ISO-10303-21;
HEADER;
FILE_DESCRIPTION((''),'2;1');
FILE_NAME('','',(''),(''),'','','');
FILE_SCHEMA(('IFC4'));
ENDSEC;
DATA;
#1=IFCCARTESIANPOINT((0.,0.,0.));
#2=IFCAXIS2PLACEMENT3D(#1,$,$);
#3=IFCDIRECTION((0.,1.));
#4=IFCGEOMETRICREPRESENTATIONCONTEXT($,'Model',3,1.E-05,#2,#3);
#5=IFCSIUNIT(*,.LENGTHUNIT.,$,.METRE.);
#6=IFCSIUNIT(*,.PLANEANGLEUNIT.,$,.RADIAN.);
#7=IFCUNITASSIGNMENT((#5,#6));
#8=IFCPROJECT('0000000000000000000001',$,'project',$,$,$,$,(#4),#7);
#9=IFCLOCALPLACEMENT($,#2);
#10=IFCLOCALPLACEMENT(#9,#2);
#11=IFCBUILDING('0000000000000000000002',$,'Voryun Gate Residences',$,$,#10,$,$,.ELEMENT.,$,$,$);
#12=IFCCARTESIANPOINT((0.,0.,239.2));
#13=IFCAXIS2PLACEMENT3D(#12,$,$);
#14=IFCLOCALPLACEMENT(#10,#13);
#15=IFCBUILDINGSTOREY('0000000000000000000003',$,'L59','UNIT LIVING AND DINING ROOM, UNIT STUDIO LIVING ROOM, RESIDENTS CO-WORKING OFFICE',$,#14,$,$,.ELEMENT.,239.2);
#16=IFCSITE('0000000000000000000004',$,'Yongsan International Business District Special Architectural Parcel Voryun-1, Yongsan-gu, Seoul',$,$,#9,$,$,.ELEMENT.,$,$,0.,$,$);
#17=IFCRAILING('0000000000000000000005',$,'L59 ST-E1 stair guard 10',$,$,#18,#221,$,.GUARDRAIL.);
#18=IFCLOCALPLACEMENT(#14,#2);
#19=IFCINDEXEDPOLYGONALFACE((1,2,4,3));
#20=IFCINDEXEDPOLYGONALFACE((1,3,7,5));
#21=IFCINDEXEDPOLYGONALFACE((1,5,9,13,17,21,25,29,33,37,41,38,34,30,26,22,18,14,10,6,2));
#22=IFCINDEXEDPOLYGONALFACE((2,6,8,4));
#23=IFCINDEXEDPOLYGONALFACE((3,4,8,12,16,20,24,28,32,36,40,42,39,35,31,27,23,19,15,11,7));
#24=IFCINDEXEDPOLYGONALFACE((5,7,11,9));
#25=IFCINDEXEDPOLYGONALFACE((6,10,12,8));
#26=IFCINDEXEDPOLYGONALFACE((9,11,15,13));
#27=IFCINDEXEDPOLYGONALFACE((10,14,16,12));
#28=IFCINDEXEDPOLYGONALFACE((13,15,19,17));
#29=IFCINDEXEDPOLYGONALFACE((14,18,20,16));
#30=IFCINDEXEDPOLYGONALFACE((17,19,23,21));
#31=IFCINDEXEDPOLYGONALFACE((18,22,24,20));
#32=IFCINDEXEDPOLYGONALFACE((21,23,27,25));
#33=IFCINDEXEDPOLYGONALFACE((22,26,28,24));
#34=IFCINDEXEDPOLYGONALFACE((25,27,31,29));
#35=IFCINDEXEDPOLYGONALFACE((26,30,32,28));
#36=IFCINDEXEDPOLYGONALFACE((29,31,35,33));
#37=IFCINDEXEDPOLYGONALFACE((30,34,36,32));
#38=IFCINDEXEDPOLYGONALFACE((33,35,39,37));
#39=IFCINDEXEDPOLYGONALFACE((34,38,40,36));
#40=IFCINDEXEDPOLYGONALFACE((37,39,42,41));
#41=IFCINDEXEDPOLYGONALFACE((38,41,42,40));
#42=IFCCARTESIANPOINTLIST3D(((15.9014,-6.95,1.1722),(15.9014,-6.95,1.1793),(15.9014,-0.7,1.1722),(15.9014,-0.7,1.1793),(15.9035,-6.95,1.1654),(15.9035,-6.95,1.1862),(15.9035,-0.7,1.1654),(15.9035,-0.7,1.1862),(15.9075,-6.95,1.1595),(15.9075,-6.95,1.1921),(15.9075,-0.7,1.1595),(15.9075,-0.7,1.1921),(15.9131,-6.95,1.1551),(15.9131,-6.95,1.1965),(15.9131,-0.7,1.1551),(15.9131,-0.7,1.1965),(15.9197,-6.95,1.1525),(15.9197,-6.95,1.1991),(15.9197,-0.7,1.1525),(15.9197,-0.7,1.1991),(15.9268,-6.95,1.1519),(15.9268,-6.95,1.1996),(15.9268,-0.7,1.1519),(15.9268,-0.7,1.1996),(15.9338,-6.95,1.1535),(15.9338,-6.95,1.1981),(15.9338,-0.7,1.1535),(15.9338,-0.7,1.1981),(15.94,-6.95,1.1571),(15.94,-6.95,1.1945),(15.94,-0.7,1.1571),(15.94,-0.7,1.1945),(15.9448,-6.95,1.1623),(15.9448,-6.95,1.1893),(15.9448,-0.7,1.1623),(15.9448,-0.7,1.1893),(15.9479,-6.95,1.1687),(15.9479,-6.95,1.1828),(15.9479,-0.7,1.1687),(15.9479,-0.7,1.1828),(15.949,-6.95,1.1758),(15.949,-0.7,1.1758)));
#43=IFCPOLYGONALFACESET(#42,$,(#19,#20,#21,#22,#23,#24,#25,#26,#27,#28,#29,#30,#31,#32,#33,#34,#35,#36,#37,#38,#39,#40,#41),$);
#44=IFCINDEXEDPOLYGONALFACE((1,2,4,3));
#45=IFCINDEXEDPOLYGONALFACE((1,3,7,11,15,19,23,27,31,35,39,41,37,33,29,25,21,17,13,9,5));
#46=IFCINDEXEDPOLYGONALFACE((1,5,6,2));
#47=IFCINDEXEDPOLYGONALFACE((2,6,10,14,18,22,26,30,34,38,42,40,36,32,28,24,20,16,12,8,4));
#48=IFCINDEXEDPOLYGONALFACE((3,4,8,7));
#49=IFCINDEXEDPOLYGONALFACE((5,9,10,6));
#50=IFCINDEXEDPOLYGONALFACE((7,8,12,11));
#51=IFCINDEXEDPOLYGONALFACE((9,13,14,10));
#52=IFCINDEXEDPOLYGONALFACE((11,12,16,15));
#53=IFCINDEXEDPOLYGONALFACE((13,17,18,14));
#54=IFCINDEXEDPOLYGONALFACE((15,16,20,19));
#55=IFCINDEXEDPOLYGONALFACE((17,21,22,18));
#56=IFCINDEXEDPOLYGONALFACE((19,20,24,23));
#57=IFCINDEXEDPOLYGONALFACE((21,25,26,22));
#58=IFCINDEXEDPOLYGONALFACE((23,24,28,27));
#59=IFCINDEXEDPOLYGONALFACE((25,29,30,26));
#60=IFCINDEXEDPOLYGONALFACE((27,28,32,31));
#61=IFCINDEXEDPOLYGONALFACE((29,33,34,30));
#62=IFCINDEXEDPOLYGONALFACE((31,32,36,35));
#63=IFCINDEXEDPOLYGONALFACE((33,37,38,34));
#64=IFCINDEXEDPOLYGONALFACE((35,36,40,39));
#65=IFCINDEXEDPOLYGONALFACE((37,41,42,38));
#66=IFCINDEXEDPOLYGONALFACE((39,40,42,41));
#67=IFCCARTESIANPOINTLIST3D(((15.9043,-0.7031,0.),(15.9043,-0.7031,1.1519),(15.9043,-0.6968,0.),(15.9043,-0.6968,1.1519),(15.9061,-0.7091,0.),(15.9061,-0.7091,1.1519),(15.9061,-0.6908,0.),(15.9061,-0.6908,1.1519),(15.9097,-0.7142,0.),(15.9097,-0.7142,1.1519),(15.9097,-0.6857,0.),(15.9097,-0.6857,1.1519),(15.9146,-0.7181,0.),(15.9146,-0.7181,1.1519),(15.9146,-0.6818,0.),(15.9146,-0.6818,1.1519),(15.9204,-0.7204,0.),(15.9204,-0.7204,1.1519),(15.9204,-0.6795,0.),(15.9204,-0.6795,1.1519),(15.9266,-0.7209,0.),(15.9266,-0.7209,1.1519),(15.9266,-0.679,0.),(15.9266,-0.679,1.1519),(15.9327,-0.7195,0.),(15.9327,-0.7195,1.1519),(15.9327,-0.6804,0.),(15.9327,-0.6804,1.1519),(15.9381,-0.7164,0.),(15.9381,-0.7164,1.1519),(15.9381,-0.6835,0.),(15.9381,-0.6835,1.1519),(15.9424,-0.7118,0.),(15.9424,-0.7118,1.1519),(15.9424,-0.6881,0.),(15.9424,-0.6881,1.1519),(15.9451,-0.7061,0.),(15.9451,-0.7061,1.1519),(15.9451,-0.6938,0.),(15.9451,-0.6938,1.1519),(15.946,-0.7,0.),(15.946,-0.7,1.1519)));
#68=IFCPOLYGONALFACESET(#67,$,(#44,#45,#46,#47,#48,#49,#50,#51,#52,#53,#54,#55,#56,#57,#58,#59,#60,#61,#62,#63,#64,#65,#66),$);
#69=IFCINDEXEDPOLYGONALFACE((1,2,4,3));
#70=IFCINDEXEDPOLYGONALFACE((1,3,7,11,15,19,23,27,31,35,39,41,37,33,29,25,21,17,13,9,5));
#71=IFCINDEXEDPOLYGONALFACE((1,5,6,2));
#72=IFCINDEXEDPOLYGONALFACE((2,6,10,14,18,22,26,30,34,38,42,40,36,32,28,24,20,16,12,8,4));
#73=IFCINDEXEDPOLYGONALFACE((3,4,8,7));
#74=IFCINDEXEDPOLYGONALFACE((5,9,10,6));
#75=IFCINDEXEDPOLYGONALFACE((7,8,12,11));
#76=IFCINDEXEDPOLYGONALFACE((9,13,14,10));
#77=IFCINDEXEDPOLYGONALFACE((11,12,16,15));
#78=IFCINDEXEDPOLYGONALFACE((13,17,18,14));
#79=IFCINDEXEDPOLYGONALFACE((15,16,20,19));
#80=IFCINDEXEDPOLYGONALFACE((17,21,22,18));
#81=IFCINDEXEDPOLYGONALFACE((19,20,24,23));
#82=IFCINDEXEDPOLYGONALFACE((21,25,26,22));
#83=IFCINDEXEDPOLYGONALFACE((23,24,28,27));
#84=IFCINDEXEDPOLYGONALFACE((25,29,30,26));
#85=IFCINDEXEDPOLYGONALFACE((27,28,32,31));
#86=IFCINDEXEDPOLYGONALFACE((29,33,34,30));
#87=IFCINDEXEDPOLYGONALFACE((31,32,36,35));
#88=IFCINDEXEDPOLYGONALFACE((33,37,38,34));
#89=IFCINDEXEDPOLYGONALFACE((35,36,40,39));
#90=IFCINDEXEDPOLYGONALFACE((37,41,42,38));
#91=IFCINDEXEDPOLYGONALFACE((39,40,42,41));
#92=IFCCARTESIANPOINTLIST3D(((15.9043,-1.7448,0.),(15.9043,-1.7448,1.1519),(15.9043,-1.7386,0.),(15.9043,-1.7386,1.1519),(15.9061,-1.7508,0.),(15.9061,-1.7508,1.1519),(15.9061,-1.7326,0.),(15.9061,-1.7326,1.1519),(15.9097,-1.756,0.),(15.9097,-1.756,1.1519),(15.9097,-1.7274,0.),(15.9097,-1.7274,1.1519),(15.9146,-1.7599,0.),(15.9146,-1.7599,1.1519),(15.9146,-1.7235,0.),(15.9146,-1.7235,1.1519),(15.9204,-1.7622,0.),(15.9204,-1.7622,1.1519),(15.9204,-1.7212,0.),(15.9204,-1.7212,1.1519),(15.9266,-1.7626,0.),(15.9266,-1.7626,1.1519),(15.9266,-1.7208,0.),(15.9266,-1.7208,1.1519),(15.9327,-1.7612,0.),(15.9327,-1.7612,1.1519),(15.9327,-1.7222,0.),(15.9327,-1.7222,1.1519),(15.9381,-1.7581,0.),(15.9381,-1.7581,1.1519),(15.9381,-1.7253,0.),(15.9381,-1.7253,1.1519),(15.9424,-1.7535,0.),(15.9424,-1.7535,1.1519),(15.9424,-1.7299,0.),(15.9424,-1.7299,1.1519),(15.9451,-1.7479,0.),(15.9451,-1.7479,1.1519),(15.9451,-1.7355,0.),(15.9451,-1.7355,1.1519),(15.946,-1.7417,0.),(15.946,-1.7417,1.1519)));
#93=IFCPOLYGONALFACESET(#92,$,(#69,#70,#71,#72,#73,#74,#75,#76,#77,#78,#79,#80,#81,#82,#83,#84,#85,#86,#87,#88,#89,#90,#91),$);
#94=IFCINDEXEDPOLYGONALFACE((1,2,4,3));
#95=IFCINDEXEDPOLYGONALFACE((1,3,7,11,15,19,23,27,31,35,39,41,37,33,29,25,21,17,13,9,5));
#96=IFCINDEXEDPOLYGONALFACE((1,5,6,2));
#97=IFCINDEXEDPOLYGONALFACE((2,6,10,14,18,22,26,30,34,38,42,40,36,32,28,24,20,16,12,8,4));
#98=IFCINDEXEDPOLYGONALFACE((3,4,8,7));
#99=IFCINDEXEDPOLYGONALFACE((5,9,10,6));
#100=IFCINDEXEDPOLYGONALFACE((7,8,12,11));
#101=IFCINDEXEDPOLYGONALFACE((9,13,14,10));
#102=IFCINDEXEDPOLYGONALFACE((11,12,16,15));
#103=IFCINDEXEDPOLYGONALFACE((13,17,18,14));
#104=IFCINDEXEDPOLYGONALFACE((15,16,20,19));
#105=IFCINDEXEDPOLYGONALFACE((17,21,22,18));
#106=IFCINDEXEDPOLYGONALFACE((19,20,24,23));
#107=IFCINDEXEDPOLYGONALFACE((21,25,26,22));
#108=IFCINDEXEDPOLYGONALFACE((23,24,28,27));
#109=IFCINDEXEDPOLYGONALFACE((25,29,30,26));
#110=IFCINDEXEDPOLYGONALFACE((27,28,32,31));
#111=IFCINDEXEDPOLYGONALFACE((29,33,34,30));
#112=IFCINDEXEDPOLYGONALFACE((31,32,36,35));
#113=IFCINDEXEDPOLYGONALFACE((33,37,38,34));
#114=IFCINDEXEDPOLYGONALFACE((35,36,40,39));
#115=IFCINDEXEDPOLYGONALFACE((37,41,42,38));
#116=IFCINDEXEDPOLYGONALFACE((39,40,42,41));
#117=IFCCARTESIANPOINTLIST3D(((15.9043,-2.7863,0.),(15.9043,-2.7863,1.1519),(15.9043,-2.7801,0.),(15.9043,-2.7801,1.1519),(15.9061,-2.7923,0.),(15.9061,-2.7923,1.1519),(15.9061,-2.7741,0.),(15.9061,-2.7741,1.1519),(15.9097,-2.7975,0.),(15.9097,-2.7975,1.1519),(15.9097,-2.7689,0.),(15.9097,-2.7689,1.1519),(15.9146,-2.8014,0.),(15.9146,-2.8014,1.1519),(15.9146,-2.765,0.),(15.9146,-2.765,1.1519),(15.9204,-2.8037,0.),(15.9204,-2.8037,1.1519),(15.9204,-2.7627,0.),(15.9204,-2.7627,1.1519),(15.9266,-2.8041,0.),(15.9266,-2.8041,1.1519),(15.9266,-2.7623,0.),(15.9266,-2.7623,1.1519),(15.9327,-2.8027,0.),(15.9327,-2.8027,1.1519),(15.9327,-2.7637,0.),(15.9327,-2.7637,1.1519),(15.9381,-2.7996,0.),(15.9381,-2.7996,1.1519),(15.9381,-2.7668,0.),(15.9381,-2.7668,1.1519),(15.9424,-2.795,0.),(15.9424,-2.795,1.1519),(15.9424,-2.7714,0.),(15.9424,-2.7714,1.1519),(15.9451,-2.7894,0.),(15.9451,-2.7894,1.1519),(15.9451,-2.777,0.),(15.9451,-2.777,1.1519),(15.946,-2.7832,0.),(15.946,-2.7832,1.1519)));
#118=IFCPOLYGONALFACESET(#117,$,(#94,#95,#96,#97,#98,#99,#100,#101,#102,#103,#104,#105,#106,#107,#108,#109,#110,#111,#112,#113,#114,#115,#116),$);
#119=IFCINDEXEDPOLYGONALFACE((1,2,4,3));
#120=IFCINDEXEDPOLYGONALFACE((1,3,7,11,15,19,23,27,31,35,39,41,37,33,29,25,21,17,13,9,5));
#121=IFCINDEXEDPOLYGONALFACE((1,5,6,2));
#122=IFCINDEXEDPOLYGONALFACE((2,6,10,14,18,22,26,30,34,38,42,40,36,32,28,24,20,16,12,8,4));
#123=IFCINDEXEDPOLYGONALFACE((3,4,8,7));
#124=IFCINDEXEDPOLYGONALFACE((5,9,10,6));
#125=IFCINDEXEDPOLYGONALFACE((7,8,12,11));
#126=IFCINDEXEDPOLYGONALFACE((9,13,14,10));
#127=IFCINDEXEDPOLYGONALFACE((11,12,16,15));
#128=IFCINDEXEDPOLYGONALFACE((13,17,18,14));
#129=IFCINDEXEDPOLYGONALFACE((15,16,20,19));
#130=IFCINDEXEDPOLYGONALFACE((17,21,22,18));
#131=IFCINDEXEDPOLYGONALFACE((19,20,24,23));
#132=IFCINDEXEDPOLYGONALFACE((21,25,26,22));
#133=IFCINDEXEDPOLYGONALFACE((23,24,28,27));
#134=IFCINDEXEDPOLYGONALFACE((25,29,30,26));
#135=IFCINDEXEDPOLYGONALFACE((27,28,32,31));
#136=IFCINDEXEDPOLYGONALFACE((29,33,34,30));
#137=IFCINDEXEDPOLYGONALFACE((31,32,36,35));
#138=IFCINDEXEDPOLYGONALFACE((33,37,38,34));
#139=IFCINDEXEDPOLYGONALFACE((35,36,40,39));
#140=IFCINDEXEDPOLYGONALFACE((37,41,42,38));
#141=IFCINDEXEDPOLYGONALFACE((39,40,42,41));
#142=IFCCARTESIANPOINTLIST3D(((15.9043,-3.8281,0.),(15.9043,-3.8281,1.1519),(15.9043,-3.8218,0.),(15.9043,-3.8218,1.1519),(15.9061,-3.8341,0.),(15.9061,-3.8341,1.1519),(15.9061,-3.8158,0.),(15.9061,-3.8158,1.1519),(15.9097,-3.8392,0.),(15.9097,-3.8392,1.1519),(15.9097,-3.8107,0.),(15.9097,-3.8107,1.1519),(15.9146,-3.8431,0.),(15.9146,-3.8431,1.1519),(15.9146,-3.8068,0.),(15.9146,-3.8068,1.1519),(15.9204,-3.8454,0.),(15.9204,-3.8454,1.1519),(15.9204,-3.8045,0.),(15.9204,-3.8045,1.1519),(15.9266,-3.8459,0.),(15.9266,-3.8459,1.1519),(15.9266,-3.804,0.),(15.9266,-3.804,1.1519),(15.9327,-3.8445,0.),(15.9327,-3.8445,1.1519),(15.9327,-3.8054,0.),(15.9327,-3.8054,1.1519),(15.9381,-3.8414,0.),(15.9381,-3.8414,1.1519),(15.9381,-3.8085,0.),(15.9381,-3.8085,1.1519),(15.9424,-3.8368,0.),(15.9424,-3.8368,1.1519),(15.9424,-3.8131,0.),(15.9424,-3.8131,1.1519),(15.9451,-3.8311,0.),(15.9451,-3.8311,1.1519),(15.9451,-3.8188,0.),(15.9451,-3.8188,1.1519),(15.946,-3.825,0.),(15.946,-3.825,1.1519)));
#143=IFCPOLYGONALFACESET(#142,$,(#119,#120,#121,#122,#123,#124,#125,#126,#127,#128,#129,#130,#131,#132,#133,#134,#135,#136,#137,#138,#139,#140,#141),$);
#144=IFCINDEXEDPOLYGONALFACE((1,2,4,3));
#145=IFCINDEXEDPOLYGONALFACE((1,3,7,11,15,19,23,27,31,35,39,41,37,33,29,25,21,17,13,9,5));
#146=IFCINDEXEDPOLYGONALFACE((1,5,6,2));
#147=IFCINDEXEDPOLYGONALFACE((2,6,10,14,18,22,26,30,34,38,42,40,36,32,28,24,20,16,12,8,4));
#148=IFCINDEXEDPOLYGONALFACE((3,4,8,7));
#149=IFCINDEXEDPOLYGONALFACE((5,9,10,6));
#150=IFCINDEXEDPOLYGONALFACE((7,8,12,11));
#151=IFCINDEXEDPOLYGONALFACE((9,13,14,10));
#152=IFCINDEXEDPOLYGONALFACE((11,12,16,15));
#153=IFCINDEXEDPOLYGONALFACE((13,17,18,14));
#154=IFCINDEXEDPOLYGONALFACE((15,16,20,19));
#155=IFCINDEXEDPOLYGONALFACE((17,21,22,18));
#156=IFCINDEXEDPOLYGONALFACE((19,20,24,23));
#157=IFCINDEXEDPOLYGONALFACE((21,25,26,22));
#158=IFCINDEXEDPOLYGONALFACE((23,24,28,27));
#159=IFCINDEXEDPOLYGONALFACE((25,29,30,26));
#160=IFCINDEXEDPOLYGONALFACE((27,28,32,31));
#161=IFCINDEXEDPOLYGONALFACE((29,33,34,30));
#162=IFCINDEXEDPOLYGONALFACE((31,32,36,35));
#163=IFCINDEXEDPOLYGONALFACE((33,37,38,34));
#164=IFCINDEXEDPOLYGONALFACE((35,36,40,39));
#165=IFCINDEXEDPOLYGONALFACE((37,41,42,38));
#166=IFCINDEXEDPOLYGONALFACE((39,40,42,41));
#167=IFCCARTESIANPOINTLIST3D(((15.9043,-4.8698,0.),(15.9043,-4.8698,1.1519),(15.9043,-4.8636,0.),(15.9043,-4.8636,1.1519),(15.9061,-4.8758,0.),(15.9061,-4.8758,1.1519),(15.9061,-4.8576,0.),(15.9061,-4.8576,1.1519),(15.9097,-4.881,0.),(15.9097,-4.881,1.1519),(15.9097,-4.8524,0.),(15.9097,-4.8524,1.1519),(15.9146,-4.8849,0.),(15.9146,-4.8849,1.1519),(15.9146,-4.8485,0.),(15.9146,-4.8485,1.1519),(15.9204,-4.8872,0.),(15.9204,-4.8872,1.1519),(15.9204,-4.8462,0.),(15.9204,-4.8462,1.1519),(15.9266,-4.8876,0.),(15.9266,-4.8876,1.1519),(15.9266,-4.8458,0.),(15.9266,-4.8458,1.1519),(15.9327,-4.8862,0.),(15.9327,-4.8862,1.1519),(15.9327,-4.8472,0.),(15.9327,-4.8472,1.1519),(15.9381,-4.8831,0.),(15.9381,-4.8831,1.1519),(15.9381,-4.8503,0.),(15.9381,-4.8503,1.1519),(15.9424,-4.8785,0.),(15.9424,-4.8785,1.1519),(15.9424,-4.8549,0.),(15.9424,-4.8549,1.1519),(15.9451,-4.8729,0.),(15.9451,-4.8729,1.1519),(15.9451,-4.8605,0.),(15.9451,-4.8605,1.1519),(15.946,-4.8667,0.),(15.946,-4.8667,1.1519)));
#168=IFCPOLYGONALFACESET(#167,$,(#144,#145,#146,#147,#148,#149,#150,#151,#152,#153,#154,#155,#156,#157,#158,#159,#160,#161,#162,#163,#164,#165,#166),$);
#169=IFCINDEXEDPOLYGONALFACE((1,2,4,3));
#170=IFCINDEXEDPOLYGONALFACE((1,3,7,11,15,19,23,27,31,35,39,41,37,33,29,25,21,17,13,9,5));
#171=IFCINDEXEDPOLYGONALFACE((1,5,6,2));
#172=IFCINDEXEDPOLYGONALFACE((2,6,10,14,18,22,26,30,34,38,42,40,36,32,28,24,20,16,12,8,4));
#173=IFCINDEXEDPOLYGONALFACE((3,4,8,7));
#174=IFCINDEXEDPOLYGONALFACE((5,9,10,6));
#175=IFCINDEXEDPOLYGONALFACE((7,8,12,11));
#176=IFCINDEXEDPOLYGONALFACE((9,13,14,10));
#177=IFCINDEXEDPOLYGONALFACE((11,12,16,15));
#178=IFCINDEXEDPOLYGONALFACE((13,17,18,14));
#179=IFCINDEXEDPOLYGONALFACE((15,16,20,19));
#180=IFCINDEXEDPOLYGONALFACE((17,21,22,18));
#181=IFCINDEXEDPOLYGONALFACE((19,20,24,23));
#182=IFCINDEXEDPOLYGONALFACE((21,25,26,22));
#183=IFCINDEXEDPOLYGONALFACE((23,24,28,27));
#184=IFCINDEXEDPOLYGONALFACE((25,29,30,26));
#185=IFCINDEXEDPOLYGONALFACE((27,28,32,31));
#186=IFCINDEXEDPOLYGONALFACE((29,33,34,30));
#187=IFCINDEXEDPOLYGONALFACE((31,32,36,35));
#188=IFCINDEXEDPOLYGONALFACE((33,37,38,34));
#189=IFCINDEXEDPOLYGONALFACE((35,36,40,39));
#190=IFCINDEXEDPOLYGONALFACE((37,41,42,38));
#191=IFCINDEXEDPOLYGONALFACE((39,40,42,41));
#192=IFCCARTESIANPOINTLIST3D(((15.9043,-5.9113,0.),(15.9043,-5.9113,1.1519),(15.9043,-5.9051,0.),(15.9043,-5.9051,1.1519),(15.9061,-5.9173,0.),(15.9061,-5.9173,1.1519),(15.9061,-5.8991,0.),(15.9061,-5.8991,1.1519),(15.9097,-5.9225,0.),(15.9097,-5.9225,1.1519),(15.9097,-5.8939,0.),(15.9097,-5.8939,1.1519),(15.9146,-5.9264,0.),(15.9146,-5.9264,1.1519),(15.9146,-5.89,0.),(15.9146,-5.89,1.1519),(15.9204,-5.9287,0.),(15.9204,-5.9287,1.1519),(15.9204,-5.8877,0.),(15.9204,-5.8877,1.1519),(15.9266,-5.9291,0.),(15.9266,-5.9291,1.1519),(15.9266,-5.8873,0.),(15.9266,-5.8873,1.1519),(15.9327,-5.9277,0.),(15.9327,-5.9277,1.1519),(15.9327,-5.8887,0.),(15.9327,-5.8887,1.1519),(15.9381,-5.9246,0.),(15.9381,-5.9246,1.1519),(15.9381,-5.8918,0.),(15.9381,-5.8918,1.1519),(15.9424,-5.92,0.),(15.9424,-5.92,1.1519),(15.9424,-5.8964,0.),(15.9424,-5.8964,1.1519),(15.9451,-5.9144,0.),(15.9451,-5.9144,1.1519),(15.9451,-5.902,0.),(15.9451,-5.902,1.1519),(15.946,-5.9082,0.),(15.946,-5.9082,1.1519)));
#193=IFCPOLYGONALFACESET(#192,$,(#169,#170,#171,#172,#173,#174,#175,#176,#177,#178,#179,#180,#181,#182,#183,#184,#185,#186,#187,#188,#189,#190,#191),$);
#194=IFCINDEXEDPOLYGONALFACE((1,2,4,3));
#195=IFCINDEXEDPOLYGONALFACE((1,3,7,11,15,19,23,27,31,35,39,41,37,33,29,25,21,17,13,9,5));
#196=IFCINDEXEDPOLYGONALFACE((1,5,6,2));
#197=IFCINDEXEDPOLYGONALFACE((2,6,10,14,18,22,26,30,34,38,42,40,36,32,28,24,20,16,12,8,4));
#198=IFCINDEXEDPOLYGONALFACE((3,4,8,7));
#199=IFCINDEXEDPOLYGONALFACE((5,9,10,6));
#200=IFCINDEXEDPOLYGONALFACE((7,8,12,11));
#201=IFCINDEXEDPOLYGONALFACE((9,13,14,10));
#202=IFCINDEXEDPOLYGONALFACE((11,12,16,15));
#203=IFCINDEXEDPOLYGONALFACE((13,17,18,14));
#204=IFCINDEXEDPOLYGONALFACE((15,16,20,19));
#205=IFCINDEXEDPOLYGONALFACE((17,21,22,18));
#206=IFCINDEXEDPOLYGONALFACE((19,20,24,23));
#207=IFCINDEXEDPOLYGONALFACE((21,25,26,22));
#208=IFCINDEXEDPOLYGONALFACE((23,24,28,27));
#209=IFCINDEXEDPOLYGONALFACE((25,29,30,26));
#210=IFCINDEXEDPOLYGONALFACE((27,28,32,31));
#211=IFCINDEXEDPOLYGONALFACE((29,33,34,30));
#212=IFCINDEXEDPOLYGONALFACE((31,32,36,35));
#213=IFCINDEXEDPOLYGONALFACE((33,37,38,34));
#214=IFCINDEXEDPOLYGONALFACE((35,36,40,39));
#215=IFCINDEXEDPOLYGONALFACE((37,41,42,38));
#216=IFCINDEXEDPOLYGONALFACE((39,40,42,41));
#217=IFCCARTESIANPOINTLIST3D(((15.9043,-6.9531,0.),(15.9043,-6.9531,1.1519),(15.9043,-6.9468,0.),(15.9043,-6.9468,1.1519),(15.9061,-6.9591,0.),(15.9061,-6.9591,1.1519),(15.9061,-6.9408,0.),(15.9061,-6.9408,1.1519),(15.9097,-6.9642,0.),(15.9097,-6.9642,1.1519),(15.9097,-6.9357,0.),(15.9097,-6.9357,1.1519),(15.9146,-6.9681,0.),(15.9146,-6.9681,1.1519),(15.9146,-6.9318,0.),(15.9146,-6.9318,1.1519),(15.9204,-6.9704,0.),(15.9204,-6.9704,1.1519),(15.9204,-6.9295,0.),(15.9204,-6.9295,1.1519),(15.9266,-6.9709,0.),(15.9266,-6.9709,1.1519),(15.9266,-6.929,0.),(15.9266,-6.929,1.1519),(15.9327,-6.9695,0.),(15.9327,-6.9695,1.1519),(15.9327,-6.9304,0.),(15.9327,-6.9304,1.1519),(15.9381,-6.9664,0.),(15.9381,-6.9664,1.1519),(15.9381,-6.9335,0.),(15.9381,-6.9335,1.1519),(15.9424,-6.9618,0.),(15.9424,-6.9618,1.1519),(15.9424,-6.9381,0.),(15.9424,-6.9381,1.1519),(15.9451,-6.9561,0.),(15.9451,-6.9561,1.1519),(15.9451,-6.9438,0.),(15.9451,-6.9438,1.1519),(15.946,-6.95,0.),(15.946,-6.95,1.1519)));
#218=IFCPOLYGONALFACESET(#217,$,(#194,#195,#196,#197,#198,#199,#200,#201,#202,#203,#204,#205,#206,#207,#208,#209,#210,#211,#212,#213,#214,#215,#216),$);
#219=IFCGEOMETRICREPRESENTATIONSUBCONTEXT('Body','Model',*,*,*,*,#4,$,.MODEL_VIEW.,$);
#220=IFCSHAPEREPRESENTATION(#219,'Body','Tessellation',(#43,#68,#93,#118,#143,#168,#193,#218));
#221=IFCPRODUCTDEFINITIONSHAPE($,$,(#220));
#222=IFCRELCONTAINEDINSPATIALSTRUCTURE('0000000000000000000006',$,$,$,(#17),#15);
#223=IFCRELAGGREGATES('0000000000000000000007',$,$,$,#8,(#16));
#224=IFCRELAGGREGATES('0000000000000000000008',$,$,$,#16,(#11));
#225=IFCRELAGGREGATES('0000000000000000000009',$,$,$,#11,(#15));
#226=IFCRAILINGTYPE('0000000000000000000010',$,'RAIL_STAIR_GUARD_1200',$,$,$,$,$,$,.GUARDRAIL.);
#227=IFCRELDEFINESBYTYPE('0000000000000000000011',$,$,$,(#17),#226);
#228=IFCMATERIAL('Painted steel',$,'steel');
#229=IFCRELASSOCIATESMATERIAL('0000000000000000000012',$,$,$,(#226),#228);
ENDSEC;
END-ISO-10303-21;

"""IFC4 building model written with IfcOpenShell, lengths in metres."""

from ifc_helpers import new_model, si_unit, direction, frame, origin, origin_2d, place, context, subcontext, project, spatial, circle, extrude, material, type_object, element, save


model = new_model("IFC4")

# Units and contexts
model_context = context("Model", 3, precision=1e-05, world=origin(), true_north=direction((0.0, 1.0)))
body_context = subcontext(model_context, "Body", "Model", "MODEL_VIEW")
ifc_project = project(units=[si_unit("LENGTHUNIT", "METRE"), si_unit("PLANEANGLEUNIT", "RADIAN")], contexts=[model_context])

# Site, building, storey
site_placement = place(None, origin())
site = spatial("IfcSite", under=ifc_project, at=site_placement, Name="Yongsan International Business District Special Architectural Parcel Voryun-1, Yongsan-gu, Seoul", CompositionType="ELEMENT", RefElevation=0.0)
building_placement = place(site_placement, origin())
building = spatial("IfcBuilding", under=site, at=building_placement, Name="Voryun Gate Residences", CompositionType="ELEMENT")
storey_placement = place(building_placement, frame((0.0, 0.0, 239.2)))
storey = spatial("IfcBuildingStorey", under=building, at=storey_placement, Name="L59", Description="UNIT LIVING AND DINING ROOM, UNIT STUDIO LIVING ROOM, RESIDENTS CO-WORKING OFFICE", CompositionType="ELEMENT", Elevation=239.2)

# Railing
ifc_material_1 = material(Name="Painted steel", Category="steel")
railing_type_1 = type_object("IfcRailingType", Name="RAIL_STAIR_GUARD_1200", PredefinedType="GUARDRAIL", material=ifc_material_1)
railing_1_placement = place(storey_placement, frame((15.925, -0.7, 0.0)))
element("IfcRailing", 1, at=railing_1_placement, inside=storey, type_object=railing_type_1, Name="L59 ST-E1 stair guard 10", PredefinedType="GUARDRAIL", context=body_context, shape_type="SweptSolid", body=[
    extrude(circle(Radius=0.0239, at=origin_2d()), frame((0.0, 0.0, 1.1758), z_axis=(0.0, -1.0, 0.0), x_axis=(1.0, 0.0, 0.0)), (0.0, 0.0, 1.0), 6.25),
    extrude(circle(Radius=0.021, at=origin_2d()), origin(), (0.0, 0.0, 1.0), 1.1519),
    extrude(circle(Radius=0.021, at=origin_2d()), frame((0.0, -1.0417, 0.0)), (0.0, 0.0, 1.0), 1.1519),
    extrude(circle(Radius=0.021, at=origin_2d()), frame((0.0, -2.0833, 0.0)), (0.0, 0.0, 1.0), 1.1519),
    extrude(circle(Radius=0.021, at=origin_2d()), frame((0.0, -3.125, 0.0)), (0.0, 0.0, 1.0), 1.1519),
    extrude(circle(Radius=0.021, at=origin_2d()), frame((0.0, -4.1667, 0.0)), (0.0, 0.0, 1.0), 1.1519),
    extrude(circle(Radius=0.021, at=origin_2d()), frame((0.0, -5.2083, 0.0)), (0.0, 0.0, 1.0), 1.1519),
    extrude(circle(Radius=0.021, at=origin_2d()), frame((0.0, -6.25, 0.0)), (0.0, 0.0, 1.0), 1.1519),
])

save(model, "model.ifc")
